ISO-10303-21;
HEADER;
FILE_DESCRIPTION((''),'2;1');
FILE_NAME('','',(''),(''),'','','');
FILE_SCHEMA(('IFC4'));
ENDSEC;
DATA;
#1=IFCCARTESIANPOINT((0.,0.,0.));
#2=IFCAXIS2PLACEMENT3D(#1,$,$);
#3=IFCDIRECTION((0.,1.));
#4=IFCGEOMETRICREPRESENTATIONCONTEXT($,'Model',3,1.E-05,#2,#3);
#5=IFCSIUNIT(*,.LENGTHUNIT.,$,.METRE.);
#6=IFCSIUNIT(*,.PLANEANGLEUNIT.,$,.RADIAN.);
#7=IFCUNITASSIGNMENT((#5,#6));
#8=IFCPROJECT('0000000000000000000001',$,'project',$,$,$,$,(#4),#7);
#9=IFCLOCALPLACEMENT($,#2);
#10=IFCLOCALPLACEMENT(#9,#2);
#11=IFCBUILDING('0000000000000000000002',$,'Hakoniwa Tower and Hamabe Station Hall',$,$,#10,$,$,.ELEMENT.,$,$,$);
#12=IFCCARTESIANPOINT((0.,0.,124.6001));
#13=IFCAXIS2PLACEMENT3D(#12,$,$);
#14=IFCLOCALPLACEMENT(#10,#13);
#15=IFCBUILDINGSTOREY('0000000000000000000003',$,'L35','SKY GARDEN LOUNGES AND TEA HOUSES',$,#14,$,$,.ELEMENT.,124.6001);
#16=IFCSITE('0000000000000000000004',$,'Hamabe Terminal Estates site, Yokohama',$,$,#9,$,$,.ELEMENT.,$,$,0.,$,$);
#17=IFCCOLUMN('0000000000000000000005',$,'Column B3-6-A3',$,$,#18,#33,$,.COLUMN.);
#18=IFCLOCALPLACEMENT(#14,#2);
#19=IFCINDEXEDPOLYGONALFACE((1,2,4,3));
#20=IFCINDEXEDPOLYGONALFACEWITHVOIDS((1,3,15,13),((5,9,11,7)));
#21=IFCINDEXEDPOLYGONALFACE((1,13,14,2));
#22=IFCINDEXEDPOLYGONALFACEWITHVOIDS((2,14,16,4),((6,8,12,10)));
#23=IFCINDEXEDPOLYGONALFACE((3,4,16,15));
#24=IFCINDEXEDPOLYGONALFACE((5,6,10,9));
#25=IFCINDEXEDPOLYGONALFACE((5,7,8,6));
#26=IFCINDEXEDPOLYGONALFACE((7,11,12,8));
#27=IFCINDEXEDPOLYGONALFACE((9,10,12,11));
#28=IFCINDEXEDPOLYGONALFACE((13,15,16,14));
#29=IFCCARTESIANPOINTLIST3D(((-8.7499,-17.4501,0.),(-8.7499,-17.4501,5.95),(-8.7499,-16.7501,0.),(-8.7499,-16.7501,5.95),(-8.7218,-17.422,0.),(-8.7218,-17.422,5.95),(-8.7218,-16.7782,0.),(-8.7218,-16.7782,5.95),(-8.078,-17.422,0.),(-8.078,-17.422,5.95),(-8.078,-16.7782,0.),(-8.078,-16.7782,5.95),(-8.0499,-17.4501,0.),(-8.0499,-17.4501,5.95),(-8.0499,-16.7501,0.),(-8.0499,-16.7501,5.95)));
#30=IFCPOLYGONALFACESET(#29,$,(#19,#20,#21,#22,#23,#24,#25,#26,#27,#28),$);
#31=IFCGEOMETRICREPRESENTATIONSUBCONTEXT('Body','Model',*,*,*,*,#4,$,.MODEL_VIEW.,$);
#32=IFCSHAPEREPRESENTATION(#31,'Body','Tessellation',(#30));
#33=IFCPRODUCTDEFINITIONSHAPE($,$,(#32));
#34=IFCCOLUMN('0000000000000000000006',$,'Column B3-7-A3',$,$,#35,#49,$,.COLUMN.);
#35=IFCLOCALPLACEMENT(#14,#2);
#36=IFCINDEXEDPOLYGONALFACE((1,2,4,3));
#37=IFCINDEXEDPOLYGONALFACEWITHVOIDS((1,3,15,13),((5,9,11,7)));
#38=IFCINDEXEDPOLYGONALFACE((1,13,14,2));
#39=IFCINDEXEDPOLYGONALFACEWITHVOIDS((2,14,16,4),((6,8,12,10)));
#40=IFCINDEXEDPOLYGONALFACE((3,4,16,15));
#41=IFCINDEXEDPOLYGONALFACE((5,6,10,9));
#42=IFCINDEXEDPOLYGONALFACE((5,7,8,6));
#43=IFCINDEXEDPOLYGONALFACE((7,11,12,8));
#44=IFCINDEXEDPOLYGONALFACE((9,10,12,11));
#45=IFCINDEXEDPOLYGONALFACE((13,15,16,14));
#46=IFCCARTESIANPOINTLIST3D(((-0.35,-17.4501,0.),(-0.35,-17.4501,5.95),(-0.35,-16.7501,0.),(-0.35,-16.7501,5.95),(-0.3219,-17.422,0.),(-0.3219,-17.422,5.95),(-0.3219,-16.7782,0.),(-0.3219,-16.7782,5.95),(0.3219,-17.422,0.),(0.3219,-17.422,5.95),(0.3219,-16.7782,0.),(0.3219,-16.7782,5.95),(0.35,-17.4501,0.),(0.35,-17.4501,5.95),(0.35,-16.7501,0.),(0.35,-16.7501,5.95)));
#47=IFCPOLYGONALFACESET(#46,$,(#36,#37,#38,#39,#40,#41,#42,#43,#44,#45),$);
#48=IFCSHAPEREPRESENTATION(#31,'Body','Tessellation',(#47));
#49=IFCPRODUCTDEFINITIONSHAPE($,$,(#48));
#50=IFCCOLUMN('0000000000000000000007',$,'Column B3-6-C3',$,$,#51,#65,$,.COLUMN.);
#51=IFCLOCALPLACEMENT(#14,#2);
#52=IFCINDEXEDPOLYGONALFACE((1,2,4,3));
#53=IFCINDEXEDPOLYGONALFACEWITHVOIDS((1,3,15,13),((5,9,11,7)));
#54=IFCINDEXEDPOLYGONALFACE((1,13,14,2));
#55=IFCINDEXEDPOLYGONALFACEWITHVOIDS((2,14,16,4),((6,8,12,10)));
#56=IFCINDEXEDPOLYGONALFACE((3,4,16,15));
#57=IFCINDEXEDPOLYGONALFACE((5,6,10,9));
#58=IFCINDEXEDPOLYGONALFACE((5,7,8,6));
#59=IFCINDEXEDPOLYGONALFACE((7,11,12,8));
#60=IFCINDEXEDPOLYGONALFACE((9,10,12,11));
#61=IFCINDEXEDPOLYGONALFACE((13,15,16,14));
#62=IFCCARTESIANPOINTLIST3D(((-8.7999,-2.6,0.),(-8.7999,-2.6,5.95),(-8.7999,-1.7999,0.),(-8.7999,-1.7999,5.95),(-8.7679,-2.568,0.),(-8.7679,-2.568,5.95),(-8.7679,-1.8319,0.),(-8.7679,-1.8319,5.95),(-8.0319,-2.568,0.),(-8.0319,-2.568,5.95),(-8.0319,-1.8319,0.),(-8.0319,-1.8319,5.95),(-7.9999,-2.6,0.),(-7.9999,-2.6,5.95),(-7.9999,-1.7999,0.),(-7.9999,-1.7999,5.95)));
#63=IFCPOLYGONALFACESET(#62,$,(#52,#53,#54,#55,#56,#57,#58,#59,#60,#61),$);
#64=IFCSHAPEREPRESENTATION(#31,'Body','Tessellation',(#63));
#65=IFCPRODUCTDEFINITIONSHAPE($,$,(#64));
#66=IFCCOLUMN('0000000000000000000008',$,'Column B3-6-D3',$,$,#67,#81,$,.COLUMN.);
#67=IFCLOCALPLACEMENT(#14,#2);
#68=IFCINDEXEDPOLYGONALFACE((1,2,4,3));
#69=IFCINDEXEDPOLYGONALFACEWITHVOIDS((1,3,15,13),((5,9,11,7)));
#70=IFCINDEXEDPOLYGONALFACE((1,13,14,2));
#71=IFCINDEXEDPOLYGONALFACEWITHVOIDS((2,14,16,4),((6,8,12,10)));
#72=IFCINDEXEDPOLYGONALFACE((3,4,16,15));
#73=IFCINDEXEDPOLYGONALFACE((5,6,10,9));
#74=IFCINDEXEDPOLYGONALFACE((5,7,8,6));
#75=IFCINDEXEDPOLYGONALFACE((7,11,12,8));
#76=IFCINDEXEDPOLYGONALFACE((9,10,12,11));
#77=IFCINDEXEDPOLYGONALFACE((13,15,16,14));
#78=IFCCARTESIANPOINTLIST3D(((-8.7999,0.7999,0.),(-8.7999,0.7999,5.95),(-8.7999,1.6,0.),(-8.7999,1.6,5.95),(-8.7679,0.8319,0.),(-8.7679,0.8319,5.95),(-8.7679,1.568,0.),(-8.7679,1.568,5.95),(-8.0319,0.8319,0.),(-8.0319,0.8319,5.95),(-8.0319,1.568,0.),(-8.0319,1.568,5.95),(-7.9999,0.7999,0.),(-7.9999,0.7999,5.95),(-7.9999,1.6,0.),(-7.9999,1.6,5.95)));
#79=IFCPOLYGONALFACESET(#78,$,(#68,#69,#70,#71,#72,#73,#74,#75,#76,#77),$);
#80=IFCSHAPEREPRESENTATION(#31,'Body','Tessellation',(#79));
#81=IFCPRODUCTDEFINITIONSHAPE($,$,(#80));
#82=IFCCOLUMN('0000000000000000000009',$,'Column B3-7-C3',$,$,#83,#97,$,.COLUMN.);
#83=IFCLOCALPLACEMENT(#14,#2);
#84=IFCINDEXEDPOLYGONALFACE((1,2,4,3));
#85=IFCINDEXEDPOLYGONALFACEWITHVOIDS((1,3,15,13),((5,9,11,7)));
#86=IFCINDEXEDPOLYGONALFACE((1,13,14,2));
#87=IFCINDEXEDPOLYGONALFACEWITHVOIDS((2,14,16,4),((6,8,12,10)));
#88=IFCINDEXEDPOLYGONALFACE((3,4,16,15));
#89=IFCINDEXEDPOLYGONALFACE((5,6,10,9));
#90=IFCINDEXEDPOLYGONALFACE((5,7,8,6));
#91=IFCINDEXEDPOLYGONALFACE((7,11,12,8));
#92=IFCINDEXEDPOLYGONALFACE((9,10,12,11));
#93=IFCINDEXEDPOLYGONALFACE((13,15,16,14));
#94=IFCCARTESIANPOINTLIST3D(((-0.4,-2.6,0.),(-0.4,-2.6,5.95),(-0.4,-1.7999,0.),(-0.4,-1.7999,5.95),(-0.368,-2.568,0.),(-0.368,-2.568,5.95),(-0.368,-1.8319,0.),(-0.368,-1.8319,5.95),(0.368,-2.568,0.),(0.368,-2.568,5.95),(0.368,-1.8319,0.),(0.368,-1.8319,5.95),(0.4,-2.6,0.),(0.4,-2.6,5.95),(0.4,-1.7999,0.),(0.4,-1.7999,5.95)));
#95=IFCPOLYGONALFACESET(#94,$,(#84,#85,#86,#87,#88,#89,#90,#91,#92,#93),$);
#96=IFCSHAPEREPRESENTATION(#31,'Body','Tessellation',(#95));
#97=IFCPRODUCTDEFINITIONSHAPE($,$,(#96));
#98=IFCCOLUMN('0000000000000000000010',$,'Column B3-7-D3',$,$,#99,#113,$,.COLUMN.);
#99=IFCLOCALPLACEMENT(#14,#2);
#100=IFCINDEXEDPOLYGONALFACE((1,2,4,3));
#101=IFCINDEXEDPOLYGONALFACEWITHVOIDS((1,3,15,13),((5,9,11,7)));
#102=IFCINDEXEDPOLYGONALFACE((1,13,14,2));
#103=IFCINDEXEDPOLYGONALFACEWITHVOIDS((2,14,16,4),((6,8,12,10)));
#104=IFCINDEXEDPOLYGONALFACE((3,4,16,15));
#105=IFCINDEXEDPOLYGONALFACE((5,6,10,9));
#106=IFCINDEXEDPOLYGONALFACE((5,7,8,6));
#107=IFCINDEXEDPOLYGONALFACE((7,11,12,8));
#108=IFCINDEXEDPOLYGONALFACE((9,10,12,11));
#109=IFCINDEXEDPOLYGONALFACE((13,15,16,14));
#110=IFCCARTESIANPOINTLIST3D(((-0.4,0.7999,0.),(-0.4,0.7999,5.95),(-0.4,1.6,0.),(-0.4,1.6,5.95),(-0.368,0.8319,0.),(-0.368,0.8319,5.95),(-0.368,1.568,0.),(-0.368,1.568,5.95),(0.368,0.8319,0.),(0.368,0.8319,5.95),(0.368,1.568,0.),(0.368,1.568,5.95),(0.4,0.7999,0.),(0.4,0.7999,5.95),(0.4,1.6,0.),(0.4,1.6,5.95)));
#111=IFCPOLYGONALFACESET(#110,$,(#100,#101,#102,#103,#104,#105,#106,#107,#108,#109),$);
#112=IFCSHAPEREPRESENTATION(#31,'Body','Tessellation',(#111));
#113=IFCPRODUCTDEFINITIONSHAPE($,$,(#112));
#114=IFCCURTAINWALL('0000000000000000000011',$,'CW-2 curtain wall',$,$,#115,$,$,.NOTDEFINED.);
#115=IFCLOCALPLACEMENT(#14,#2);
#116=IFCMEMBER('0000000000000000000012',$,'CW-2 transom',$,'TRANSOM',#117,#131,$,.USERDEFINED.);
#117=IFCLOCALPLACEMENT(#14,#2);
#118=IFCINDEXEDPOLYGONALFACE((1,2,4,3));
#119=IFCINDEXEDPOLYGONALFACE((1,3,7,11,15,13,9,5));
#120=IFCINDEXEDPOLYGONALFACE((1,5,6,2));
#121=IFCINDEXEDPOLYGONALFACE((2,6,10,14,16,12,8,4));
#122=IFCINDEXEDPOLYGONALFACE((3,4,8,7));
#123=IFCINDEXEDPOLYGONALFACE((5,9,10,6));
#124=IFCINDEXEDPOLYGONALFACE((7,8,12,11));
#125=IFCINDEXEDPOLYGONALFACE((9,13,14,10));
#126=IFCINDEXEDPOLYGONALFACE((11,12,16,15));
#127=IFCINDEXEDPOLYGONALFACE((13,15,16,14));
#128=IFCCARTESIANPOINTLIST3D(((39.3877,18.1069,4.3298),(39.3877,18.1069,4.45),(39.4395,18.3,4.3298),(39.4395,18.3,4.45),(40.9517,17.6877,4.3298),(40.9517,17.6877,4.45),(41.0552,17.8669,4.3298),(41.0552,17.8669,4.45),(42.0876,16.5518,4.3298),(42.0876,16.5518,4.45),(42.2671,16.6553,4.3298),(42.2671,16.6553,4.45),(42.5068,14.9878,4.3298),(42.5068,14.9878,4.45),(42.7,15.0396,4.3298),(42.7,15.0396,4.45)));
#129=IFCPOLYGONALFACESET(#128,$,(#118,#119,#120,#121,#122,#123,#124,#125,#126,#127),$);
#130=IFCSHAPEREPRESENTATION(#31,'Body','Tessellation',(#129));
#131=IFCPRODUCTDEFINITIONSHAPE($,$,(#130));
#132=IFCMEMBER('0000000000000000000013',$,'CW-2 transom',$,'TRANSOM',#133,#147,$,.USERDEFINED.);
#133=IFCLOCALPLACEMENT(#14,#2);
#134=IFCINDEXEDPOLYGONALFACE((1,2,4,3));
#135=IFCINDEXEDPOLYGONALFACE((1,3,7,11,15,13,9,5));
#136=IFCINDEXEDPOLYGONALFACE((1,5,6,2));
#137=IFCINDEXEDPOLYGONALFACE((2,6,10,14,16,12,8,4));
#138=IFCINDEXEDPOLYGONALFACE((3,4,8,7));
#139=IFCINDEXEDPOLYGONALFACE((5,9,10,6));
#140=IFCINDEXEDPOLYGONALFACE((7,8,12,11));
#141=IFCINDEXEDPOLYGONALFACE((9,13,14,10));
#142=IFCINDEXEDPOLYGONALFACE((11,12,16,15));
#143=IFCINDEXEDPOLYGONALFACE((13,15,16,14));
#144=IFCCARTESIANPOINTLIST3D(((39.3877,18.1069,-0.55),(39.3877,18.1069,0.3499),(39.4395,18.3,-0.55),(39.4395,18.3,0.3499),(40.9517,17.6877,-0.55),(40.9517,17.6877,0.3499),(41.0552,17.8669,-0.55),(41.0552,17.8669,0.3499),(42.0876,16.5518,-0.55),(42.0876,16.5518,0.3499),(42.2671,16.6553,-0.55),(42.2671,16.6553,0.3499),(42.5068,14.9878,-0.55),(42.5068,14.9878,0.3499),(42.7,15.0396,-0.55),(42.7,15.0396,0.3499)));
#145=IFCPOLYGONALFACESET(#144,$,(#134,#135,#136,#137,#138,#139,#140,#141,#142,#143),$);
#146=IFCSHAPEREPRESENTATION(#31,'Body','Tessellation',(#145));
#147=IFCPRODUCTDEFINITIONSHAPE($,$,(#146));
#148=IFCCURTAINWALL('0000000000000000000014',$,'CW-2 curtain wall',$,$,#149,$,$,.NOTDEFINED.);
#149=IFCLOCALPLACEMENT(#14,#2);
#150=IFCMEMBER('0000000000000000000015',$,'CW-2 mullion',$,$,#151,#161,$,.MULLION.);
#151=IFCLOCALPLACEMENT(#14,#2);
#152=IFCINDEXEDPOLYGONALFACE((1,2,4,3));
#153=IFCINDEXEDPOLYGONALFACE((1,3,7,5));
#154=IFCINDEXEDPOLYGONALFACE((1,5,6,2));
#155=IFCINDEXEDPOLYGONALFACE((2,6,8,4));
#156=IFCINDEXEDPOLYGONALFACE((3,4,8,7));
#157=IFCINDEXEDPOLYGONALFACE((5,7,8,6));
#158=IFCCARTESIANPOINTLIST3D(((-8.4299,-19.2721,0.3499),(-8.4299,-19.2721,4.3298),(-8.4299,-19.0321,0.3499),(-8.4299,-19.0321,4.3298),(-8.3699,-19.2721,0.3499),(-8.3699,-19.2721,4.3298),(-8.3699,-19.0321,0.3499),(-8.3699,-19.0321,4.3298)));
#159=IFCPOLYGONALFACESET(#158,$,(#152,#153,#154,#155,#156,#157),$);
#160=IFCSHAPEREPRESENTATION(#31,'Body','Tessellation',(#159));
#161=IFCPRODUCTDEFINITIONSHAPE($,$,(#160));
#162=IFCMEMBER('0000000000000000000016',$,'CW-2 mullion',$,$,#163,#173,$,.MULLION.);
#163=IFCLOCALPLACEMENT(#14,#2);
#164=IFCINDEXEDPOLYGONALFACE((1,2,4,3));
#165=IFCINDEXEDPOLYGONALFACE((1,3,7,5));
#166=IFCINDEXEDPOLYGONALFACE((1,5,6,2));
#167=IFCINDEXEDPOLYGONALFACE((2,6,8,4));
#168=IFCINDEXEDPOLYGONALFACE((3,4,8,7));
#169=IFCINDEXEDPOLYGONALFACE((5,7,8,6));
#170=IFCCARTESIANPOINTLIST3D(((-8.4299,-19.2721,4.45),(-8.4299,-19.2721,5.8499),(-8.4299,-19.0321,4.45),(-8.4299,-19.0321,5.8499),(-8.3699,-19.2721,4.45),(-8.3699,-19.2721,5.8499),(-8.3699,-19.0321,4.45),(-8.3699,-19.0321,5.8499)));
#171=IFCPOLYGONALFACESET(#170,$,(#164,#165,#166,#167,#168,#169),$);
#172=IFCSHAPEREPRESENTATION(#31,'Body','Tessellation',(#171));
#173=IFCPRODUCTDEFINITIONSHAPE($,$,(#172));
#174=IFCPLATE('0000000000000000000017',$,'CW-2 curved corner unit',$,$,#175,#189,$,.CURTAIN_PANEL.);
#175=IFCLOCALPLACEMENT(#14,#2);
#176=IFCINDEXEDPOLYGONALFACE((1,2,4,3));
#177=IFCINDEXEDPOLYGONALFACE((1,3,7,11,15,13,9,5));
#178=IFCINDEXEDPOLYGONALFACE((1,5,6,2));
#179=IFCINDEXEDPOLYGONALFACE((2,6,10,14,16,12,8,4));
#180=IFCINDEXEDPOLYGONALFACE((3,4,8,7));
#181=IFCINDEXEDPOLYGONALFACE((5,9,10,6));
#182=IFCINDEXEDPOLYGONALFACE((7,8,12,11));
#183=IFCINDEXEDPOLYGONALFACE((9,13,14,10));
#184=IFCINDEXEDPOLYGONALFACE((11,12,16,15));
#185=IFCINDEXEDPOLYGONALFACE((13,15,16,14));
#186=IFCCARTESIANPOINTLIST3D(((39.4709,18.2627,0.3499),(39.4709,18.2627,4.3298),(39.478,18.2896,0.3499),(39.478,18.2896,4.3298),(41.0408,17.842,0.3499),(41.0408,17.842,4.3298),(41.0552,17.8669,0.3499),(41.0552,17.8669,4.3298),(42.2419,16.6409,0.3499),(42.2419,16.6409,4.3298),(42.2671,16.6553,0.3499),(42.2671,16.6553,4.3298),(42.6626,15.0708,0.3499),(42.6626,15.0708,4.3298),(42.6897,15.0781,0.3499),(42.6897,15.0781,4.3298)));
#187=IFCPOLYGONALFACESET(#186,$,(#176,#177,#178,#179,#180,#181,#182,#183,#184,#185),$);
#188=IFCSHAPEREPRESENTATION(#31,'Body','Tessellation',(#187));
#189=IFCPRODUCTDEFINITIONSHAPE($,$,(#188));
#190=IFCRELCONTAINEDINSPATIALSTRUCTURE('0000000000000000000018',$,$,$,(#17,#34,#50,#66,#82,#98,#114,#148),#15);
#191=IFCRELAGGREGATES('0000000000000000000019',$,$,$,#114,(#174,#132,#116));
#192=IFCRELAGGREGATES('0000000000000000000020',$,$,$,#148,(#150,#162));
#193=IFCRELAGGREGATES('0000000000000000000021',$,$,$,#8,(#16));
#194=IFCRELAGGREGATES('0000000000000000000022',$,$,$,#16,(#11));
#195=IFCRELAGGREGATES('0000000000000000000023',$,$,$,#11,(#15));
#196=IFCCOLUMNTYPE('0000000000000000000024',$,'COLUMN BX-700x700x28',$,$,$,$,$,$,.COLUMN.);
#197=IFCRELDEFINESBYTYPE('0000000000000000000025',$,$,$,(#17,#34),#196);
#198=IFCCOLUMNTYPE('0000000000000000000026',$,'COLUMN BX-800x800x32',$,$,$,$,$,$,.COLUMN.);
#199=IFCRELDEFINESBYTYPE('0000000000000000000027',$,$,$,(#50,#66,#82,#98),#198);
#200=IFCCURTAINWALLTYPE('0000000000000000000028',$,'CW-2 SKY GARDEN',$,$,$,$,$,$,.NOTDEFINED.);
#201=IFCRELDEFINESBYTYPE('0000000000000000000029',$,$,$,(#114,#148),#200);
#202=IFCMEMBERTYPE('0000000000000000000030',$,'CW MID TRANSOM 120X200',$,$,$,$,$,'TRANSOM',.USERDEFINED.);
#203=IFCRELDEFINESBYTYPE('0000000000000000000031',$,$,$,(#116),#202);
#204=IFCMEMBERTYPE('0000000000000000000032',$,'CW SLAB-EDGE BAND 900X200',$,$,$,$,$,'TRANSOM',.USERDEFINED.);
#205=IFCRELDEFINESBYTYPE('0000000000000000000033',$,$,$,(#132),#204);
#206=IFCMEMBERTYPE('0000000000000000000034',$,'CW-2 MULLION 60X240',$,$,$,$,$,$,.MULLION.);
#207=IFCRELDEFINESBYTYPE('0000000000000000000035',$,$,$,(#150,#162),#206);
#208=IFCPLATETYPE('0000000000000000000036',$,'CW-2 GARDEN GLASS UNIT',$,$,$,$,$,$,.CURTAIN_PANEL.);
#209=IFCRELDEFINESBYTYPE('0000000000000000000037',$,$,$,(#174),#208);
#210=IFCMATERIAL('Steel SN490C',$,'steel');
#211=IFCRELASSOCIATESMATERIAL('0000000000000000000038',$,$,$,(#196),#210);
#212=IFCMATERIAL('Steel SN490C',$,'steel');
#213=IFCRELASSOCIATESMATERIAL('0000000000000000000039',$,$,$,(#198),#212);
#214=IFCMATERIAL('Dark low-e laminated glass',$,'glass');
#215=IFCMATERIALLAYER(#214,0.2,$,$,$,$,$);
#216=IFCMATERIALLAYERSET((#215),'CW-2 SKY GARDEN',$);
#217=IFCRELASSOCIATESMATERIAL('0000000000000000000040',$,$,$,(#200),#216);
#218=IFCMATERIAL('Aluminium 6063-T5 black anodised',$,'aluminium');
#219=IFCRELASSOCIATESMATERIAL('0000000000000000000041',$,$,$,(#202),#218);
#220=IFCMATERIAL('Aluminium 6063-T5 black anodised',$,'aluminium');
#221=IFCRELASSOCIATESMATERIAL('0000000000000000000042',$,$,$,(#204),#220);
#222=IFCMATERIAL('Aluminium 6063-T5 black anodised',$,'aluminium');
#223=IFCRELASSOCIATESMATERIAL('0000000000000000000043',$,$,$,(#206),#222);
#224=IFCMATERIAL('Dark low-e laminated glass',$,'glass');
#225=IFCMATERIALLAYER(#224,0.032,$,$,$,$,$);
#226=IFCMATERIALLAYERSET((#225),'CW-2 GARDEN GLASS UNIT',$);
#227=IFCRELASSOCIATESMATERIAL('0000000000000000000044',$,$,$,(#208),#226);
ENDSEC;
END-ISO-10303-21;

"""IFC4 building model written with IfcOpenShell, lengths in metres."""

from ifc_helpers import new_model, si_unit, direction, frame, origin, origin_2d, place, context, subcontext, project, spatial, polyline, rectangle, hollow_rectangle, outline, extrude, material, layer, layer_set, material_profile, profile_set, type_object, element, aggregate, save


model = new_model("IFC4")

# Units and contexts
model_context = context("Model", 3, precision=1e-05, world=origin(), true_north=direction((0.0, 1.0)))
body_context = subcontext(model_context, "Body", "Model", "MODEL_VIEW")
ifc_project = project(units=[si_unit("LENGTHUNIT", "METRE"), si_unit("PLANEANGLEUNIT", "RADIAN")], contexts=[model_context])

# Site, building, storey
site_placement = place(None, origin())
site = spatial("IfcSite", under=ifc_project, at=site_placement, Name="Hamabe Terminal Estates site, Yokohama", CompositionType="ELEMENT", RefElevation=0.0)
building_placement = place(site_placement, origin())
building = spatial("IfcBuilding", under=site, at=building_placement, Name="Hakoniwa Tower and Hamabe Station Hall", CompositionType="ELEMENT")
storey_placement = place(building_placement, frame((0.0, 0.0, 124.6001)))
storey = spatial("IfcBuildingStorey", under=building, at=storey_placement, Name="L35", Description="SKY GARDEN LOUNGES AND TEA HOUSES", CompositionType="ELEMENT", Elevation=124.6001)

# Columns
ifc_material_1 = material(Name="Steel SN490C", Category="steel")
ifc_material_profile_1 = material_profile(ifc_material_1, hollow_rectangle(XDim=0.7, YDim=0.7, WallThickness=0.0281, at=origin_2d()), Name="BX-700x700x28")
ifc_profile_set_1 = profile_set([ifc_material_profile_1], Name="Steel SN490C")
column_type_1 = type_object("IfcColumnType", Name="COLUMN BX-700x700x28", PredefinedType="COLUMN", material=ifc_profile_set_1)
for number, where, z_axis, x_axis, name in (
    (1, (-8.3999, -17.1001, 0.0), (0.0, 0.0, 1.0), (1.0, 0.0, 0.0), "Column B3-6-A3"),
    (2, (0.0, -17.1001, 0.0), (0.0, 0.0, 1.0), (1.0, 0.0, 0.0), "Column B3-7-A3"),
):
    element("IfcColumn", number, at=place(storey_placement, frame(where, z_axis=z_axis, x_axis=x_axis)), inside=storey, type_object=column_type_1, Name=name, PredefinedType="COLUMN", context=body_context, shape_type="SweptSolid", body=[
        extrude(hollow_rectangle(XDim=0.7, YDim=0.7, WallThickness=0.0281, at=origin_2d()), origin(), (0.0, 0.0, 1.0), 5.95),
    ])
ifc_material_2 = material(Name="Steel SN490C", Category="steel")
ifc_material_profile_2 = material_profile(ifc_material_2, hollow_rectangle(XDim=0.8, YDim=0.8, WallThickness=0.032, at=origin_2d()), Name="BX-800x800x32")
ifc_profile_set_2 = profile_set([ifc_material_profile_2], Name="Steel SN490C")
column_type_2 = type_object("IfcColumnType", Name="COLUMN BX-800x800x32", PredefinedType="COLUMN", material=ifc_profile_set_2)
for number, where, z_axis, x_axis, name in (
    (3, (-8.3999, -2.2, 0.0), (0.0, 0.0, 1.0), (1.0, 0.0, 0.0), "Column B3-6-C3"),
    (4, (-8.3999, 1.2, 0.0), (0.0, 0.0, 1.0), (1.0, 0.0, 0.0), "Column B3-6-D3"),
    (5, (0.0, -2.2, 0.0), (0.0, 0.0, 1.0), (1.0, 0.0, 0.0), "Column B3-7-C3"),
    (6, (0.0, 1.2, 0.0), (0.0, 0.0, 1.0), (1.0, 0.0, 0.0), "Column B3-7-D3"),
):
    element("IfcColumn", number, at=place(storey_placement, frame(where, z_axis=z_axis, x_axis=x_axis)), inside=storey, type_object=column_type_2, Name=name, PredefinedType="COLUMN", context=body_context, shape_type="SweptSolid", body=[
        extrude(hollow_rectangle(XDim=0.8, YDim=0.8, WallThickness=0.032, at=origin_2d()), origin(), (0.0, 0.0, 1.0), 5.95),
    ])

# Curtain walls, members
ifc_material_3 = material(Name="Dark low-e laminated glass", Category="glass")
ifc_layer_1 = layer(ifc_material_3, 0.2)
ifc_layer_set_1 = layer_set([ifc_layer_1], Name="CW-2 SKY GARDEN")
curtain_wall_type = type_object("IfcCurtainWallType", Name="CW-2 SKY GARDEN", PredefinedType="NOTDEFINED", material=ifc_layer_set_1)
curtain_wall_1_placement = place(storey_placement, origin())
curtain_wall_1 = element("IfcCurtainWall", 7, at=curtain_wall_1_placement, inside=storey, type_object=curtain_wall_type, Name="CW-2 curtain wall", PredefinedType="NOTDEFINED")
ifc_material_4 = material(Name="Aluminium 6063-T5 black anodised", Category="aluminium")
ifc_material_profile_3 = material_profile(ifc_material_4, rectangle(XDim=0.2, YDim=0.1201, at=origin_2d()), Name="CW MID TRANSOM 120X200")
ifc_profile_set_3 = profile_set([ifc_material_profile_3], Name="Aluminium 6063-T5 black anodised")
member_type_1 = type_object("IfcMemberType", Name="CW MID TRANSOM 120X200", ElementType="TRANSOM", PredefinedType="USERDEFINED", material=ifc_profile_set_3)
member_1_placement = place(storey_placement, frame((0.0, 0.0, 4.3298)))
member_1 = element("IfcMember", 8, at=member_1_placement, type_object=member_type_1, Name="CW-2 transom", ObjectType="TRANSOM", PredefinedType="USERDEFINED", context=body_context, shape_type="SweptSolid", body=[
    extrude(outline(polyline([(42.7, 15.0396), (42.2671, 16.6553), (41.0552, 17.8669), (39.4395, 18.3), (39.3877, 18.1069), (40.9517, 17.6877), (42.0876, 16.5518), (42.5068, 14.9878), (42.7, 15.0396)])), origin(), (0.0, 0.0, 1.0), 0.1201),
])
ifc_material_5 = material(Name="Aluminium 6063-T5 black anodised", Category="aluminium")
ifc_material_profile_4 = material_profile(ifc_material_5, rectangle(XDim=0.2, YDim=0.8999, at=origin_2d()), Name="CW SLAB-EDGE BAND 900X200")
ifc_profile_set_4 = profile_set([ifc_material_profile_4], Name="Aluminium 6063-T5 black anodised")
member_type_2 = type_object("IfcMemberType", Name="CW SLAB-EDGE BAND 900X200", ElementType="TRANSOM", PredefinedType="USERDEFINED", material=ifc_profile_set_4)
member_2_placement = place(storey_placement, frame((0.0, 0.0, -0.55)))
member_2 = element("IfcMember", 9, at=member_2_placement, type_object=member_type_2, Name="CW-2 transom", ObjectType="TRANSOM", PredefinedType="USERDEFINED", context=body_context, shape_type="SweptSolid", body=[
    extrude(outline(polyline([(42.7, 15.0396), (42.2671, 16.6553), (41.0552, 17.8669), (39.4395, 18.3), (39.3877, 18.1069), (40.9517, 17.6877), (42.0876, 16.5518), (42.5068, 14.9878), (42.7, 15.0396)])), origin(), (0.0, 0.0, 1.0), 0.8999),
])
curtain_wall_2_placement = place(storey_placement, origin())
curtain_wall_2 = element("IfcCurtainWall", 10, at=curtain_wall_2_placement, inside=storey, type_object=curtain_wall_type, Name="CW-2 curtain wall", PredefinedType="NOTDEFINED")
ifc_material_6 = material(Name="Aluminium 6063-T5 black anodised", Category="aluminium")
ifc_material_profile_5 = material_profile(ifc_material_6, rectangle(XDim=0.0601, YDim=0.24, at=origin_2d()), Name="CW-2 MULLION 60X240")
ifc_profile_set_5 = profile_set([ifc_material_profile_5], Name="Aluminium 6063-T5 black anodised")
member_type_3 = type_object("IfcMemberType", Name="CW-2 MULLION 60X240", PredefinedType="MULLION", material=ifc_profile_set_5)
member_3_placement = place(storey_placement, frame((-8.3999, -19.1521, 0.3499), z_axis=(0.0, 0.0, 1.0), x_axis=(1.0, 0.0, 0.0)))
member_3 = element("IfcMember", 11, at=member_3_placement, type_object=member_type_3, Name="CW-2 mullion", PredefinedType="MULLION", context=body_context, shape_type="SweptSolid", body=[
    extrude(rectangle(XDim=0.0601, YDim=0.24, at=origin_2d()), origin(), (0.0, 0.0, 1.0), 3.98),
])
member_4_placement = place(storey_placement, frame((-8.3999, -19.1521, 4.45), z_axis=(0.0, 0.0, 1.0), x_axis=(1.0, 0.0, 0.0)))
member_4 = element("IfcMember", 12, at=member_4_placement, type_object=member_type_3, Name="CW-2 mullion", PredefinedType="MULLION", context=body_context, shape_type="SweptSolid", body=[
    extrude(rectangle(XDim=0.0601, YDim=0.24, at=origin_2d()), origin(), (0.0, 0.0, 1.0), 1.3999),
])

# Plate
ifc_material_7 = material(Name="Dark low-e laminated glass", Category="glass")
ifc_layer_2 = layer(ifc_material_7, 0.032)
ifc_layer_set_2 = layer_set([ifc_layer_2], Name="CW-2 GARDEN GLASS UNIT")
plate_type = type_object("IfcPlateType", Name="CW-2 GARDEN GLASS UNIT", PredefinedType="CURTAIN_PANEL", material=ifc_layer_set_2)
plate_1_placement = place(storey_placement, frame((0.0, 0.0, 0.3499)))
plate_1 = element("IfcPlate", 13, at=plate_1_placement, type_object=plate_type, Name="CW-2 curved corner unit", PredefinedType="CURTAIN_PANEL", context=body_context, shape_type="SweptSolid", body=[
    extrude(outline(polyline([(42.6897, 15.0781), (42.2671, 16.6553), (41.0552, 17.8669), (39.478, 18.2896), (39.4709, 18.2627), (41.0408, 17.842), (42.2419, 16.6409), (42.6626, 15.0708), (42.6897, 15.0781)])), origin(), (0.0, 0.0, 1.0), 3.98),
])
aggregate(curtain_wall_1, [plate_1, member_2, member_1])

aggregate(curtain_wall_2, [member_3, member_4])

save(model, "model.ifc")
